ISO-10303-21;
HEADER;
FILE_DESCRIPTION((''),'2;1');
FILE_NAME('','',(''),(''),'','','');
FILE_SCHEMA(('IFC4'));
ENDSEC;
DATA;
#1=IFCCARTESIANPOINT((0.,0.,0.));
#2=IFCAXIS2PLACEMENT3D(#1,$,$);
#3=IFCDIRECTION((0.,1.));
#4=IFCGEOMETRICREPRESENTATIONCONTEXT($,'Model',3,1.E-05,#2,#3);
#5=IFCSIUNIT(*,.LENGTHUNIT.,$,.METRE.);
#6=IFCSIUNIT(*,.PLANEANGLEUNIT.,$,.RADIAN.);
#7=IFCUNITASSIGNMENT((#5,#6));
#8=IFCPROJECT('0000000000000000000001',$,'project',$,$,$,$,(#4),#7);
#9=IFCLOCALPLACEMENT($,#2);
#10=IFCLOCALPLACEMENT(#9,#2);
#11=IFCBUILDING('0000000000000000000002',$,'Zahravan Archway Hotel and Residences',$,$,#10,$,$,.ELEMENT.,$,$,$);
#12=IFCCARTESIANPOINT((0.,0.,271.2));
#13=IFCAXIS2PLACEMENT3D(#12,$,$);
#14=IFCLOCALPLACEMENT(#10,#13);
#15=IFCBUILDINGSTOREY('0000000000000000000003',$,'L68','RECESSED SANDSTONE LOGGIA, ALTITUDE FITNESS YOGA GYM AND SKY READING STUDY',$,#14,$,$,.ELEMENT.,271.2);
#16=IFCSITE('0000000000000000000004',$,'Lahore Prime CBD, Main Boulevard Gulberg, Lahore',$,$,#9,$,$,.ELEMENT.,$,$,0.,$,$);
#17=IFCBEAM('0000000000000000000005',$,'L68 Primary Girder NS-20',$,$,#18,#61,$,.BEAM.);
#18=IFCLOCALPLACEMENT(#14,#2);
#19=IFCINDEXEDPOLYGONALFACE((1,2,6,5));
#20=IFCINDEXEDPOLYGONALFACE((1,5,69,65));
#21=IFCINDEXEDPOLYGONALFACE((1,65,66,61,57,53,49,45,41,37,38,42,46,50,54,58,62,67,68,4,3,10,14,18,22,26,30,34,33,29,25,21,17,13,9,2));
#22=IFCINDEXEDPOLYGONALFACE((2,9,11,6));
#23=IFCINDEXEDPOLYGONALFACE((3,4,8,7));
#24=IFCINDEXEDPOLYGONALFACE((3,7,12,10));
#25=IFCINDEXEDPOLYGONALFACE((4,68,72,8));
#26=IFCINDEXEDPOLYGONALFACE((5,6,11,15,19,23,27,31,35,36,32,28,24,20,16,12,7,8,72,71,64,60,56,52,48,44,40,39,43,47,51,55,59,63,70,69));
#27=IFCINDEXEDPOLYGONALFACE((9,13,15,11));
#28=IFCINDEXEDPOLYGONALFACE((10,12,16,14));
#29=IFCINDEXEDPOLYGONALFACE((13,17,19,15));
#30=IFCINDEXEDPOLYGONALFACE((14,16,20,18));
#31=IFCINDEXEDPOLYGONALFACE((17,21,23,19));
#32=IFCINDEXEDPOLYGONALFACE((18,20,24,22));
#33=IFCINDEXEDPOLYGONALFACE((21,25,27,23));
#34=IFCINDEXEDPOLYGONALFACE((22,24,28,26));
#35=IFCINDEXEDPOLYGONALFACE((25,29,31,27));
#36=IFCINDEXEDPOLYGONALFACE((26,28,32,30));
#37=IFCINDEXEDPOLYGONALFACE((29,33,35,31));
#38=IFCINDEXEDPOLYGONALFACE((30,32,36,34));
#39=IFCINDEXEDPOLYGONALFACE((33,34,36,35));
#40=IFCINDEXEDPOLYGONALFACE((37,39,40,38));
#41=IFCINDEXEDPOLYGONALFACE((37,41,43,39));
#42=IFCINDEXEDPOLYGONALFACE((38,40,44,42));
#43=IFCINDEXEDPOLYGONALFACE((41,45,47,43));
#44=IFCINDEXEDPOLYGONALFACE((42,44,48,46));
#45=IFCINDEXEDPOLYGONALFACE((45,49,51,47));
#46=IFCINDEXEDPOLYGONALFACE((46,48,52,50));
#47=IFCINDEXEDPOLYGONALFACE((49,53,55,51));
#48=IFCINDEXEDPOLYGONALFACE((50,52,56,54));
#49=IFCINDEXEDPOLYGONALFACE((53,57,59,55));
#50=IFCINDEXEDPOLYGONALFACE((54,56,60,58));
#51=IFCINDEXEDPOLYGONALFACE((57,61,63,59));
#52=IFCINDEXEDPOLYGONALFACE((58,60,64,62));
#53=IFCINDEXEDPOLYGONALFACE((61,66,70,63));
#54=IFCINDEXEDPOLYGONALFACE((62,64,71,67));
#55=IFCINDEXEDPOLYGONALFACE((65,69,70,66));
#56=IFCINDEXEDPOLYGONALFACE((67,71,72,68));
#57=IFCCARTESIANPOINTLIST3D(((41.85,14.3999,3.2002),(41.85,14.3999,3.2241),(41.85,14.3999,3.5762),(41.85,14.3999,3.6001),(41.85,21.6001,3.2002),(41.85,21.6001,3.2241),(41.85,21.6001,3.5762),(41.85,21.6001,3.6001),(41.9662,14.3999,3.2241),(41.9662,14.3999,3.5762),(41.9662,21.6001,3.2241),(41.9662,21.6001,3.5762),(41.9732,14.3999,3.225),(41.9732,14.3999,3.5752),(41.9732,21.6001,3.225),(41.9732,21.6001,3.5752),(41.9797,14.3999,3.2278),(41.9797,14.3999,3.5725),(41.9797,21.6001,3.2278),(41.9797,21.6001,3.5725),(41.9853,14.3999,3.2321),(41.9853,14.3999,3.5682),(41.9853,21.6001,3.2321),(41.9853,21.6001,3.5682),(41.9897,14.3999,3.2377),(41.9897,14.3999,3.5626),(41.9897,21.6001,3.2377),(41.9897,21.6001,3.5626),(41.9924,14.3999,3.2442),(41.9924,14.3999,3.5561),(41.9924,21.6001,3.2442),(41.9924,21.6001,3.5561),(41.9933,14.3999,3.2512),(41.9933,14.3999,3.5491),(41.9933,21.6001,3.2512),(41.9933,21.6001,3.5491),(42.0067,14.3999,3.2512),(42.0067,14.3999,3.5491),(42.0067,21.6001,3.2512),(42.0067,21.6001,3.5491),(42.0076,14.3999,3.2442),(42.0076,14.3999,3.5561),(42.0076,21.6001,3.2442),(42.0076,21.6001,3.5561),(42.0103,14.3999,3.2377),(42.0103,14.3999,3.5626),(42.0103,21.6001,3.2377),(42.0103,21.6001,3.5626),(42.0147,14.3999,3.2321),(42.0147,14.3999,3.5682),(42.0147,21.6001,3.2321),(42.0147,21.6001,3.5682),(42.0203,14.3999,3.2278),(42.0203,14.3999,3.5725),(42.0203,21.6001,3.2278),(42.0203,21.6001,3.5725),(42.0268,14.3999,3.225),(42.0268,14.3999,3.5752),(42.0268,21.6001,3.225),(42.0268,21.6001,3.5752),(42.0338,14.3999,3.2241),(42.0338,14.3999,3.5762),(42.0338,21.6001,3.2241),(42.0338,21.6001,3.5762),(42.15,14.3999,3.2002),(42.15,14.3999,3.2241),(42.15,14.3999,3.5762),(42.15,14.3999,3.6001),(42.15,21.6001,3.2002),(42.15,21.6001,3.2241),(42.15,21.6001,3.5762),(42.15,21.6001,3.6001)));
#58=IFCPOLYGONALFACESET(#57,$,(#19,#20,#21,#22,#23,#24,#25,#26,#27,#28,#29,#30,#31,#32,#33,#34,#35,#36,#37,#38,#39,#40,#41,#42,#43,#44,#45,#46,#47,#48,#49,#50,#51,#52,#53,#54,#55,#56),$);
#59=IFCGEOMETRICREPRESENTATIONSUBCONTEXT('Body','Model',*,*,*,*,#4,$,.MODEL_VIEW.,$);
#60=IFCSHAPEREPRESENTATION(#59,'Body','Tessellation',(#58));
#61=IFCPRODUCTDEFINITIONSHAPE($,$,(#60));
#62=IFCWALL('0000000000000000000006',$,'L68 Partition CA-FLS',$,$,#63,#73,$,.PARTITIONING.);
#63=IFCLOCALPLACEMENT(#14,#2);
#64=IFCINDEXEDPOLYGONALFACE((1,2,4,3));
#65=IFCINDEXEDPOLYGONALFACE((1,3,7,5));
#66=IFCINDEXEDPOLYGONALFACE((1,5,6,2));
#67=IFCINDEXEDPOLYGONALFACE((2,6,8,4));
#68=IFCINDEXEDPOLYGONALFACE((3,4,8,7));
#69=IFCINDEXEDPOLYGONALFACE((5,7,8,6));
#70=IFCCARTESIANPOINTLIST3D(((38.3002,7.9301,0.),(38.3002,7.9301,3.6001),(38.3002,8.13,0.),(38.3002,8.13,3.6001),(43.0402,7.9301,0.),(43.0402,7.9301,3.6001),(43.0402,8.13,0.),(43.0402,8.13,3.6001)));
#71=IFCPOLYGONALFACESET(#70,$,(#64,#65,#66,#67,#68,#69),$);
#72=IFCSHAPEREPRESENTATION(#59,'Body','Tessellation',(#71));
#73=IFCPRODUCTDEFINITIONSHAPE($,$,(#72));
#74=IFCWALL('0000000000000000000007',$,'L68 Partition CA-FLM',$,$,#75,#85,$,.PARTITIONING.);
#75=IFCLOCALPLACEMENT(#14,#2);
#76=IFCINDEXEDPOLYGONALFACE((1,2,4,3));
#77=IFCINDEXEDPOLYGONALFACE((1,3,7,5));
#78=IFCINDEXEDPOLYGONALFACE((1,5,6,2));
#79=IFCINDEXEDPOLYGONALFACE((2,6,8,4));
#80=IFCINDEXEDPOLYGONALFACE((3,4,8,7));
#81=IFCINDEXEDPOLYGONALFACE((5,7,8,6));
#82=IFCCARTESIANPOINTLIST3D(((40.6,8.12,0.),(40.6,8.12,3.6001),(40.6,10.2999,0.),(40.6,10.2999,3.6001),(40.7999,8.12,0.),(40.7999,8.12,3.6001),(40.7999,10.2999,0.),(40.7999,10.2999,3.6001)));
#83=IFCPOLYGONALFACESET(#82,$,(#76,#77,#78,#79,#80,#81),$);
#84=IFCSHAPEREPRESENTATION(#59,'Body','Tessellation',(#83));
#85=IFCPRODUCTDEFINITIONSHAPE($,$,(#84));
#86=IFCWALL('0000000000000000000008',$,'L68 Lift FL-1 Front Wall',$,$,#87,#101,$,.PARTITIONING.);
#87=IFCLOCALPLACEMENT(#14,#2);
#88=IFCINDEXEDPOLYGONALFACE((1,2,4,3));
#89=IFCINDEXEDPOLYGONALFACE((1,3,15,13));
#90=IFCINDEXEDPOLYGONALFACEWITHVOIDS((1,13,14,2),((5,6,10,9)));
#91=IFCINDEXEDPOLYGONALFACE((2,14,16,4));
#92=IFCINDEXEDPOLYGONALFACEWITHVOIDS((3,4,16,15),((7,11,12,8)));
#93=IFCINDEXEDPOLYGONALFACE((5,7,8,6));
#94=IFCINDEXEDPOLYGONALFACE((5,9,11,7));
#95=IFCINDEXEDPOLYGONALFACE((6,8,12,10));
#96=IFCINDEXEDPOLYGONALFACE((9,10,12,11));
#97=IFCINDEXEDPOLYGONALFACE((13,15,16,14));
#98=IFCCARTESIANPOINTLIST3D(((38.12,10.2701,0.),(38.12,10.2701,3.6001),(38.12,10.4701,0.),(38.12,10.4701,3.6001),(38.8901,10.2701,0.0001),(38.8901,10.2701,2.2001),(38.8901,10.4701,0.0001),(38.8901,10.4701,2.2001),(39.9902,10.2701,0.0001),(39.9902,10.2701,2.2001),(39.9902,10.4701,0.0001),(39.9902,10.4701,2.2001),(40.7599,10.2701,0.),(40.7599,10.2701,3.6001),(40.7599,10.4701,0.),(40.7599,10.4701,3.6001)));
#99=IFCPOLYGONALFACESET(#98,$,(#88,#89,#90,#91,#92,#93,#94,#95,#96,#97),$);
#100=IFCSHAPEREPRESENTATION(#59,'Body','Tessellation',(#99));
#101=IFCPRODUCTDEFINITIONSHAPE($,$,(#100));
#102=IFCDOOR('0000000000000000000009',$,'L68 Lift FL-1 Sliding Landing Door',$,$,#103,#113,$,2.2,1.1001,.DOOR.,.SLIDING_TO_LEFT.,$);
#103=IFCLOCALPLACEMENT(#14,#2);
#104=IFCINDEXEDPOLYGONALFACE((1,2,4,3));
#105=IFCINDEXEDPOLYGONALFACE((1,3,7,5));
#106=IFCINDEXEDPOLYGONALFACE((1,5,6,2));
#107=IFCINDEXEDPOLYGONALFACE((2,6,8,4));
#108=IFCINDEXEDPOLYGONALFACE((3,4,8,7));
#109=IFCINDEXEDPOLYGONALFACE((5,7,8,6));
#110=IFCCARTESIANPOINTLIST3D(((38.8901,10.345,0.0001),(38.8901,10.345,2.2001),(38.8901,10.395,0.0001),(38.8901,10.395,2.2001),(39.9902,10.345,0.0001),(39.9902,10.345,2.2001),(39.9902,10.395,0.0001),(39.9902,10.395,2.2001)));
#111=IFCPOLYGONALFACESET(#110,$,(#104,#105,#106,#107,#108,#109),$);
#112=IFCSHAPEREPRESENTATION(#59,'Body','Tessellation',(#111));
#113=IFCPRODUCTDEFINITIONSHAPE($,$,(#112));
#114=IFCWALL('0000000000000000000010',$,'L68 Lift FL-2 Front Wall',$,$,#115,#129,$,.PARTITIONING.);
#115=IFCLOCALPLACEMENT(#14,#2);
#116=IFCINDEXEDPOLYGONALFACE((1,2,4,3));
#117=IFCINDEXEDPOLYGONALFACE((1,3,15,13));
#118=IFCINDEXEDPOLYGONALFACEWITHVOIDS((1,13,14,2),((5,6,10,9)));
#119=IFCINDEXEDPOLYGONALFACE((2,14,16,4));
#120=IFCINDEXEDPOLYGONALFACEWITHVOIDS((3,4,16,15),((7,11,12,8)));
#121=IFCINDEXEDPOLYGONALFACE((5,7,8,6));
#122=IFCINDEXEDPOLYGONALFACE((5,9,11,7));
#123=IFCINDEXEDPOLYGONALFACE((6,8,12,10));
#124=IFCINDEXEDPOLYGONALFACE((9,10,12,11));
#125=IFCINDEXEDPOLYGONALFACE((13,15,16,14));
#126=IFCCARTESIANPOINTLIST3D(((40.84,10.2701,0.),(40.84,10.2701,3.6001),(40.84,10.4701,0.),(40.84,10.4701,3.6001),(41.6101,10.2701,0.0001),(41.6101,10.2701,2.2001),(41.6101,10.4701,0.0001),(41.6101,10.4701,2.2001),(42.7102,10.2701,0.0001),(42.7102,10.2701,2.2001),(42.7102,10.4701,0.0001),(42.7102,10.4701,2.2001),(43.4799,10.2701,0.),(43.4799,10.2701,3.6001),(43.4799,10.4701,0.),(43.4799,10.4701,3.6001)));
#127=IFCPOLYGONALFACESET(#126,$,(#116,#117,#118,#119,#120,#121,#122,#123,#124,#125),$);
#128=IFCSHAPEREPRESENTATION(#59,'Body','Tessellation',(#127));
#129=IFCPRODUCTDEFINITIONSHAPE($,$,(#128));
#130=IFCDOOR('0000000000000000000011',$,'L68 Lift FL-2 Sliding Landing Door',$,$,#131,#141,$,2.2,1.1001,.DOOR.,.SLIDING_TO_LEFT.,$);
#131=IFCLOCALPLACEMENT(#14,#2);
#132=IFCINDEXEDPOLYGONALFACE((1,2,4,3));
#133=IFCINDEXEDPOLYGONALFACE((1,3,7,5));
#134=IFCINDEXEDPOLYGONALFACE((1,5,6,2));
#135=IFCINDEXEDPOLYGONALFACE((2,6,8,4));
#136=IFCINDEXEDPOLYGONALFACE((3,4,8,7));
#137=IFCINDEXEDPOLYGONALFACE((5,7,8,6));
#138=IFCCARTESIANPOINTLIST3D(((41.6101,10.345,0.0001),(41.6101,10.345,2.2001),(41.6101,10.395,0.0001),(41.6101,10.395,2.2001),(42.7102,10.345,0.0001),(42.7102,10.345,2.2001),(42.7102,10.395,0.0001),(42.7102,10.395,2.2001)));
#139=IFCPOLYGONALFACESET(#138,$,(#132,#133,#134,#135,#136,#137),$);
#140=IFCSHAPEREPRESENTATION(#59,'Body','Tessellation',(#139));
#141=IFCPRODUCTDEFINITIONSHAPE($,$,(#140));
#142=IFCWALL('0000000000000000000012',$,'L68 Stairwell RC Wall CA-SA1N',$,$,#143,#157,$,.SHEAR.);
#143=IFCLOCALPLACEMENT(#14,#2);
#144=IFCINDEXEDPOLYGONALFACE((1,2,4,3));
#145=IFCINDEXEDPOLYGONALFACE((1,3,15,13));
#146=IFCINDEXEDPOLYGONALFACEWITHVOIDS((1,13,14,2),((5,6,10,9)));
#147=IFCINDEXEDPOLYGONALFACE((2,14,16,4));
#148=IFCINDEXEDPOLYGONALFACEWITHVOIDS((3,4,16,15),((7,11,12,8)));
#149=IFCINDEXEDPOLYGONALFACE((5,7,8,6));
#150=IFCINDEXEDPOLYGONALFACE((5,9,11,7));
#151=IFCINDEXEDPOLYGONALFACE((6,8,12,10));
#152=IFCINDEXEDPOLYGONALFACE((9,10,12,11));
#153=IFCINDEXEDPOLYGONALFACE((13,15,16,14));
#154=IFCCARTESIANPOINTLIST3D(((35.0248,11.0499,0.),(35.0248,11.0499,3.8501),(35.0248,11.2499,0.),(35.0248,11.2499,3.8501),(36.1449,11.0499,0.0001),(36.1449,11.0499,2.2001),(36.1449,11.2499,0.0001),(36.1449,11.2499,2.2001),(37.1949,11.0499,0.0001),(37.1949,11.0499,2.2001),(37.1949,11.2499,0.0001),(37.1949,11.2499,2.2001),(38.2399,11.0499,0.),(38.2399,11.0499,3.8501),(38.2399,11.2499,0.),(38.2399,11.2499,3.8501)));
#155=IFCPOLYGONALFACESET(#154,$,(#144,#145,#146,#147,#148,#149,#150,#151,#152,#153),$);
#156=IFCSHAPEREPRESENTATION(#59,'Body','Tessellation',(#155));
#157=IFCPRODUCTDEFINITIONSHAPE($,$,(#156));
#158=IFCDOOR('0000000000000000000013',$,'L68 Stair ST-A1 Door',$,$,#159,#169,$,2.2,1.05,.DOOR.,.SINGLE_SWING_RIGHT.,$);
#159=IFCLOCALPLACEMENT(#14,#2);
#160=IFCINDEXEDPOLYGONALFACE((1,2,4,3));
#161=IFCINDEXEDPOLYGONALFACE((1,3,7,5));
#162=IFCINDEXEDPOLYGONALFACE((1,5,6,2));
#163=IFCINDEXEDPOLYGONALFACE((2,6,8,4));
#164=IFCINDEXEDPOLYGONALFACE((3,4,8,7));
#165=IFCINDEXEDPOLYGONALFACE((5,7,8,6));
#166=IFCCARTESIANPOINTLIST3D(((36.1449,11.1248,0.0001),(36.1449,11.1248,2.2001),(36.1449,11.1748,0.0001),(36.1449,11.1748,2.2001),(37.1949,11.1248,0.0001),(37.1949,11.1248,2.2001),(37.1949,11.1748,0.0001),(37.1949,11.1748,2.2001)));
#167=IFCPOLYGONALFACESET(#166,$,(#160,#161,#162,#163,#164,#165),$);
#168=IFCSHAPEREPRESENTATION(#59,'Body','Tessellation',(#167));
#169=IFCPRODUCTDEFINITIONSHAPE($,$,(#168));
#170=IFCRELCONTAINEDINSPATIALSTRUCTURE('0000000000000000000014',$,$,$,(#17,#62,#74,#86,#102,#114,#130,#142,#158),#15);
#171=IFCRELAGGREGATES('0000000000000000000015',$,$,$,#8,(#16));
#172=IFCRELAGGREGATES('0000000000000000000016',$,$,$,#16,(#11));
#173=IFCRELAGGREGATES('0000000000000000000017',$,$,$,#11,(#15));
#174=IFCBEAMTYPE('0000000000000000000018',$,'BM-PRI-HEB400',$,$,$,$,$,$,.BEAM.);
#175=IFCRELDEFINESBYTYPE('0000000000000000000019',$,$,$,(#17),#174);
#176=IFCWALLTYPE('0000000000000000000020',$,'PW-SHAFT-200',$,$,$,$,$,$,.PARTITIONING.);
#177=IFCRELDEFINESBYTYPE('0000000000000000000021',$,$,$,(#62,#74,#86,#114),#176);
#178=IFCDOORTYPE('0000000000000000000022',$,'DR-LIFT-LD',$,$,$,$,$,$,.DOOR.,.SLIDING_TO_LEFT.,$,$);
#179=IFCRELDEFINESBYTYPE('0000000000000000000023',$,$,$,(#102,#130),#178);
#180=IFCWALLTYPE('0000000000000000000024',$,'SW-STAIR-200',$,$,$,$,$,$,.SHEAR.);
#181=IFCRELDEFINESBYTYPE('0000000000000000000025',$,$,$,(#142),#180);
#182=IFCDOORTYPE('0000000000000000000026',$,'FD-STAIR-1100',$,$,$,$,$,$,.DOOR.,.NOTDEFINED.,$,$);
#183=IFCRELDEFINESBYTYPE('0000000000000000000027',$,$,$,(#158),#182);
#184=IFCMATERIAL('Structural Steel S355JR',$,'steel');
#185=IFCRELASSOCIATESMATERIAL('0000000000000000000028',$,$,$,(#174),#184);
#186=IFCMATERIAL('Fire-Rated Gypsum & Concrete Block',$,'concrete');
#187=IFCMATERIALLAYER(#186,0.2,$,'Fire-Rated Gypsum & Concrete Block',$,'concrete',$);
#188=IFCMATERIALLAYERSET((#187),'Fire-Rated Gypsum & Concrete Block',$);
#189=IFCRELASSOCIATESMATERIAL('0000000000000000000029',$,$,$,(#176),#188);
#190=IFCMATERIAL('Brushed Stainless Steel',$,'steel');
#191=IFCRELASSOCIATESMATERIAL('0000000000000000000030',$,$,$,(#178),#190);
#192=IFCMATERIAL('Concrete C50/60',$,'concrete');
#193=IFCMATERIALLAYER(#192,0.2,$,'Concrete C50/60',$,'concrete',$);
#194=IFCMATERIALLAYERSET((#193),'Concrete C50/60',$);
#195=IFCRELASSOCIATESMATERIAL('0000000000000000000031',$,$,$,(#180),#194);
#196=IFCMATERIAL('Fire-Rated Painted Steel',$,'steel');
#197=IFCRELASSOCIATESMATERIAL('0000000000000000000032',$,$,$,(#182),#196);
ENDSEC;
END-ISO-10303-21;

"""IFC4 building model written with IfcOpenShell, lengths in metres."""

from ifc_helpers import new_model, si_unit, direction, frame, frame_2d, origin, origin_2d, place, context, subcontext, project, spatial, rectangle, i_section, extrude, source, transform, mapped, material, layer, layer_set, material_profile, profile_set, type_object, type_shapes, element, fill, save


model = new_model("IFC4")

# Units and contexts
model_context = context("Model", 3, precision=1e-05, world=origin(), true_north=direction((0.0, 1.0)))
body_context = subcontext(model_context, "Body", "Model", "MODEL_VIEW")
ifc_project = project(units=[si_unit("LENGTHUNIT", "METRE"), si_unit("PLANEANGLEUNIT", "RADIAN")], contexts=[model_context])

# Site, building, storey
site_placement = place(None, origin())
site = spatial("IfcSite", under=ifc_project, at=site_placement, Name="Lahore Prime CBD, Main Boulevard Gulberg, Lahore", CompositionType="ELEMENT", RefElevation=0.0)
building_placement = place(site_placement, origin())
building = spatial("IfcBuilding", under=site, at=building_placement, Name="Zahravan Archway Hotel and Residences", CompositionType="ELEMENT")
storey_placement = place(building_placement, frame((0.0, 0.0, 271.2)))
storey = spatial("IfcBuildingStorey", under=building, at=storey_placement, Name="L68", Description="RECESSED SANDSTONE LOGGIA, ALTITUDE FITNESS YOGA GYM AND SKY READING STUDY", CompositionType="ELEMENT", Elevation=271.2)

# Shared definitions
ifc_material_1 = material(Name="Concrete C50/60", Category="concrete")

# Beam
ifc_material_2 = material(Name="Structural Steel S355JR", Category="steel")
ifc_material_profile_1 = material_profile(ifc_material_2, i_section(OverallWidth=0.3, OverallDepth=0.3999, WebThickness=0.0134, FlangeThickness=0.0239, FilletRadius=0.0271, at=origin_2d()), Name="HEB 400", Category="steel")
ifc_profile_set_1 = profile_set([ifc_material_profile_1], Name="Structural Steel S355JR")
beam_type = type_object("IfcBeamType", Name="BM-PRI-HEB400", PredefinedType="BEAM", material=ifc_profile_set_1)
shared_shape_1 = source(origin(), body_context, "Body", "SweptSolid", [
    extrude(i_section(OverallWidth=0.3, OverallDepth=0.3999, WebThickness=0.0134, FlangeThickness=0.0239, FilletRadius=0.0271, at=origin_2d()), origin(), (0.0, 0.0, 1.0), 7.2002),
])
for number, where, z_axis, x_axis, name in (
    (1, (42.0, 14.3999, 3.4001), (0.0, 1.0, 0.0), (-1.0, 0.0, 0.0), "L68 Primary Girder NS-20"),
):
    element("IfcBeam", number, at=place(storey_placement, frame(where, z_axis=z_axis, x_axis=x_axis)), inside=storey, type_object=beam_type, Name=name, PredefinedType="BEAM", context=body_context, shape_type="MappedRepresentation", body=[
        mapped(shared_shape_1, transform((0.0, 0.0, 0.0), scale=1.0)),
    ])

# Shared definitions
ifc_material_3 = material(Name="Fire-Rated Painted Steel", Category="steel")

# Shared definitions
ifc_material_4 = material(Name="Fire-Rated Gypsum & Concrete Block", Category="concrete")

# Walls
ifc_layer_1 = layer(ifc_material_4, 0.2, Name="Fire-Rated Gypsum & Concrete Block", Category="concrete")
ifc_layer_set_1 = layer_set([ifc_layer_1], Name="Fire-Rated Gypsum & Concrete Block")
wall_type_1 = type_object("IfcWallType", Name="PW-SHAFT-200", PredefinedType="PARTITIONING", material=ifc_layer_set_1)
wall_1_placement = place(storey_placement, frame((38.3, 8.03, 0.0), z_axis=(0.0, 0.0, 1.0), x_axis=(1.0, 0.0, 0.0)))
element("IfcWall", 2, at=wall_1_placement, inside=storey, type_object=wall_type_1, Name="L68 Partition CA-FLS", PredefinedType="PARTITIONING", context=body_context, shape_type="SweptSolid", body=[
    extrude(rectangle(XDim=4.74, YDim=0.2, at=frame_2d((2.3701, 0.0))), origin(), (0.0, 0.0, 1.0), 3.6001),
])
wall_2_placement = place(storey_placement, frame((40.7, 8.1201, 0.0), z_axis=(0.0, 0.0, 1.0), x_axis=(0.0, 1.0, 0.0)))
element("IfcWall", 3, at=wall_2_placement, inside=storey, type_object=wall_type_1, Name="L68 Partition CA-FLM", PredefinedType="PARTITIONING", context=body_context, shape_type="SweptSolid", body=[
    extrude(rectangle(XDim=2.1799, YDim=0.2, at=frame_2d((1.0898, 0.0))), origin(), (0.0, 0.0, 1.0), 3.6001),
])

# Walls, openings, doors
wall_3_placement = place(storey_placement, frame((38.1201, 10.3701, 0.0), z_axis=(0.0, 0.0, 1.0), x_axis=(1.0, 0.0, 0.0)))
wall_3 = element("IfcWall", 4, at=wall_3_placement, inside=storey, type_object=wall_type_1, Name="L68 Lift FL-1 Front Wall", PredefinedType="PARTITIONING", context=body_context, shape_type="SweptSolid", body=[
    extrude(rectangle(XDim=2.6399, YDim=0.2, at=frame_2d((1.3198, 0.0))), origin(), (0.0, 0.0, 1.0), 3.6001),
])
opening_1_placement = place(wall_3_placement, frame((0.77, 0.0, 0.0)))
opening_1 = element("IfcOpeningElement", 5, at=opening_1_placement, cuts=wall_3, PredefinedType="OPENING", context=body_context, shape_type="SweptSolid", body=[
    extrude(rectangle(XDim=1.1001, YDim=2.2, at=frame_2d((0.55, 1.1001))), frame((0.0, 0.1099, 0.0), z_axis=(0.0, -1.0, 0.0), x_axis=(1.0, 0.0, 0.0)), (0.0, 0.0, 1.0), 0.22),
])
ifc_material_5 = material(Name="Brushed Stainless Steel", Category="steel")
door_type_1 = type_object("IfcDoorType", Name="DR-LIFT-LD", OperationType="SLIDING_TO_LEFT", PredefinedType="DOOR", material=ifc_material_5)
shared_shape_2 = source(origin(), body_context, "Body", "SweptSolid", [
    extrude(rectangle(XDim=1.1001, YDim=2.2, at=frame_2d((0.55, 1.1001))), frame((0.0, 0.0249, 0.0), z_axis=(0.0, -1.0, 0.0), x_axis=(1.0, 0.0, 0.0)), (0.0, 0.0, 1.0), 0.05),
])
type_shapes(door_type_1, [shared_shape_2])
door_1_placement = place(opening_1_placement, origin())
door_1 = element("IfcDoor", 6, at=door_1_placement, inside=storey, type_object=door_type_1, Name="L68 Lift FL-1 Sliding Landing Door", OperationType="SLIDING_TO_LEFT", OverallHeight=2.2, OverallWidth=1.1001, PredefinedType="DOOR", context=body_context, shape_type="MappedRepresentation", body=[
    mapped(shared_shape_2, transform((0.0, 0.0, 0.0), scale=1.0)),
])
fill(opening_1, door_1)
wall_4_placement = place(storey_placement, frame((40.8401, 10.3701, 0.0), z_axis=(0.0, 0.0, 1.0), x_axis=(1.0, 0.0, 0.0)))
wall_4 = element("IfcWall", 7, at=wall_4_placement, inside=storey, type_object=wall_type_1, Name="L68 Lift FL-2 Front Wall", PredefinedType="PARTITIONING", context=body_context, shape_type="SweptSolid", body=[
    extrude(rectangle(XDim=2.6399, YDim=0.2, at=frame_2d((1.3198, 0.0))), origin(), (0.0, 0.0, 1.0), 3.6001),
])
opening_2_placement = place(wall_4_placement, frame((0.77, 0.0, 0.0)))
opening_2 = element("IfcOpeningElement", 8, at=opening_2_placement, cuts=wall_4, PredefinedType="OPENING", context=body_context, shape_type="SweptSolid", body=[
    extrude(rectangle(XDim=1.1001, YDim=2.2, at=frame_2d((0.55, 1.1001))), frame((0.0, 0.1099, 0.0), z_axis=(0.0, -1.0, 0.0), x_axis=(1.0, 0.0, 0.0)), (0.0, 0.0, 1.0), 0.22),
])
door_2_placement = place(opening_2_placement, origin())
door_2 = element("IfcDoor", 9, at=door_2_placement, inside=storey, type_object=door_type_1, Name="L68 Lift FL-2 Sliding Landing Door", OperationType="SLIDING_TO_LEFT", OverallHeight=2.2, OverallWidth=1.1001, PredefinedType="DOOR", context=body_context, shape_type="MappedRepresentation", body=[
    mapped(shared_shape_2, transform((0.0, 0.0, 0.0), scale=1.0)),
])
fill(opening_2, door_2)
ifc_layer_2 = layer(ifc_material_1, 0.2, Name="Concrete C50/60", Category="concrete")
ifc_layer_set_2 = layer_set([ifc_layer_2], Name="Concrete C50/60")
wall_type_2 = type_object("IfcWallType", Name="SW-STAIR-200", PredefinedType="SHEAR", material=ifc_layer_set_2)
wall_5_placement = place(storey_placement, frame((35.0249, 11.1499, 0.0), z_axis=(0.0, 0.0, 1.0), x_axis=(1.0, 0.0, 0.0)))
wall_5 = element("IfcWall", 10, at=wall_5_placement, inside=storey, type_object=wall_type_2, Name="L68 Stairwell RC Wall CA-SA1N", PredefinedType="SHEAR", context=body_context, shape_type="SweptSolid", body=[
    extrude(rectangle(XDim=3.2151, YDim=0.2, at=frame_2d((1.6074, 0.0))), origin(), (0.0, 0.0, 1.0), 3.8501),
])
opening_3_placement = place(wall_5_placement, frame((1.1201, 0.0, 0.0)))
opening_3 = element("IfcOpeningElement", 11, at=opening_3_placement, cuts=wall_5, PredefinedType="OPENING", context=body_context, shape_type="SweptSolid", body=[
    extrude(rectangle(XDim=1.05, YDim=2.2, at=frame_2d((0.5249, 1.1001))), frame((0.0, 0.1099, 0.0), z_axis=(0.0, -1.0, 0.0), x_axis=(1.0, 0.0, 0.0)), (0.0, 0.0, 1.0), 0.22),
])
door_type_2 = type_object("IfcDoorType", Name="FD-STAIR-1100", OperationType="NOTDEFINED", PredefinedType="DOOR", material=ifc_material_3)
shared_shape_3 = source(origin(), body_context, "Body", "SweptSolid", [
    extrude(rectangle(XDim=1.05, YDim=2.2, at=frame_2d((0.5249, 1.1001))), frame((0.0, 0.0249, 0.0), z_axis=(0.0, -1.0, 0.0), x_axis=(1.0, 0.0, 0.0)), (0.0, 0.0, 1.0), 0.05),
])
type_shapes(door_type_2, [shared_shape_3])
door_3_placement = place(opening_3_placement, origin())
door_3 = element("IfcDoor", 12, at=door_3_placement, inside=storey, type_object=door_type_2, Name="L68 Stair ST-A1 Door", OperationType="SINGLE_SWING_RIGHT", OverallHeight=2.2, OverallWidth=1.05, PredefinedType="DOOR", context=body_context, shape_type="MappedRepresentation", body=[
    mapped(shared_shape_3, transform((0.0, 0.0, 0.0), scale=1.0)),
])
fill(opening_3, door_3)

save(model, "model.ifc")
